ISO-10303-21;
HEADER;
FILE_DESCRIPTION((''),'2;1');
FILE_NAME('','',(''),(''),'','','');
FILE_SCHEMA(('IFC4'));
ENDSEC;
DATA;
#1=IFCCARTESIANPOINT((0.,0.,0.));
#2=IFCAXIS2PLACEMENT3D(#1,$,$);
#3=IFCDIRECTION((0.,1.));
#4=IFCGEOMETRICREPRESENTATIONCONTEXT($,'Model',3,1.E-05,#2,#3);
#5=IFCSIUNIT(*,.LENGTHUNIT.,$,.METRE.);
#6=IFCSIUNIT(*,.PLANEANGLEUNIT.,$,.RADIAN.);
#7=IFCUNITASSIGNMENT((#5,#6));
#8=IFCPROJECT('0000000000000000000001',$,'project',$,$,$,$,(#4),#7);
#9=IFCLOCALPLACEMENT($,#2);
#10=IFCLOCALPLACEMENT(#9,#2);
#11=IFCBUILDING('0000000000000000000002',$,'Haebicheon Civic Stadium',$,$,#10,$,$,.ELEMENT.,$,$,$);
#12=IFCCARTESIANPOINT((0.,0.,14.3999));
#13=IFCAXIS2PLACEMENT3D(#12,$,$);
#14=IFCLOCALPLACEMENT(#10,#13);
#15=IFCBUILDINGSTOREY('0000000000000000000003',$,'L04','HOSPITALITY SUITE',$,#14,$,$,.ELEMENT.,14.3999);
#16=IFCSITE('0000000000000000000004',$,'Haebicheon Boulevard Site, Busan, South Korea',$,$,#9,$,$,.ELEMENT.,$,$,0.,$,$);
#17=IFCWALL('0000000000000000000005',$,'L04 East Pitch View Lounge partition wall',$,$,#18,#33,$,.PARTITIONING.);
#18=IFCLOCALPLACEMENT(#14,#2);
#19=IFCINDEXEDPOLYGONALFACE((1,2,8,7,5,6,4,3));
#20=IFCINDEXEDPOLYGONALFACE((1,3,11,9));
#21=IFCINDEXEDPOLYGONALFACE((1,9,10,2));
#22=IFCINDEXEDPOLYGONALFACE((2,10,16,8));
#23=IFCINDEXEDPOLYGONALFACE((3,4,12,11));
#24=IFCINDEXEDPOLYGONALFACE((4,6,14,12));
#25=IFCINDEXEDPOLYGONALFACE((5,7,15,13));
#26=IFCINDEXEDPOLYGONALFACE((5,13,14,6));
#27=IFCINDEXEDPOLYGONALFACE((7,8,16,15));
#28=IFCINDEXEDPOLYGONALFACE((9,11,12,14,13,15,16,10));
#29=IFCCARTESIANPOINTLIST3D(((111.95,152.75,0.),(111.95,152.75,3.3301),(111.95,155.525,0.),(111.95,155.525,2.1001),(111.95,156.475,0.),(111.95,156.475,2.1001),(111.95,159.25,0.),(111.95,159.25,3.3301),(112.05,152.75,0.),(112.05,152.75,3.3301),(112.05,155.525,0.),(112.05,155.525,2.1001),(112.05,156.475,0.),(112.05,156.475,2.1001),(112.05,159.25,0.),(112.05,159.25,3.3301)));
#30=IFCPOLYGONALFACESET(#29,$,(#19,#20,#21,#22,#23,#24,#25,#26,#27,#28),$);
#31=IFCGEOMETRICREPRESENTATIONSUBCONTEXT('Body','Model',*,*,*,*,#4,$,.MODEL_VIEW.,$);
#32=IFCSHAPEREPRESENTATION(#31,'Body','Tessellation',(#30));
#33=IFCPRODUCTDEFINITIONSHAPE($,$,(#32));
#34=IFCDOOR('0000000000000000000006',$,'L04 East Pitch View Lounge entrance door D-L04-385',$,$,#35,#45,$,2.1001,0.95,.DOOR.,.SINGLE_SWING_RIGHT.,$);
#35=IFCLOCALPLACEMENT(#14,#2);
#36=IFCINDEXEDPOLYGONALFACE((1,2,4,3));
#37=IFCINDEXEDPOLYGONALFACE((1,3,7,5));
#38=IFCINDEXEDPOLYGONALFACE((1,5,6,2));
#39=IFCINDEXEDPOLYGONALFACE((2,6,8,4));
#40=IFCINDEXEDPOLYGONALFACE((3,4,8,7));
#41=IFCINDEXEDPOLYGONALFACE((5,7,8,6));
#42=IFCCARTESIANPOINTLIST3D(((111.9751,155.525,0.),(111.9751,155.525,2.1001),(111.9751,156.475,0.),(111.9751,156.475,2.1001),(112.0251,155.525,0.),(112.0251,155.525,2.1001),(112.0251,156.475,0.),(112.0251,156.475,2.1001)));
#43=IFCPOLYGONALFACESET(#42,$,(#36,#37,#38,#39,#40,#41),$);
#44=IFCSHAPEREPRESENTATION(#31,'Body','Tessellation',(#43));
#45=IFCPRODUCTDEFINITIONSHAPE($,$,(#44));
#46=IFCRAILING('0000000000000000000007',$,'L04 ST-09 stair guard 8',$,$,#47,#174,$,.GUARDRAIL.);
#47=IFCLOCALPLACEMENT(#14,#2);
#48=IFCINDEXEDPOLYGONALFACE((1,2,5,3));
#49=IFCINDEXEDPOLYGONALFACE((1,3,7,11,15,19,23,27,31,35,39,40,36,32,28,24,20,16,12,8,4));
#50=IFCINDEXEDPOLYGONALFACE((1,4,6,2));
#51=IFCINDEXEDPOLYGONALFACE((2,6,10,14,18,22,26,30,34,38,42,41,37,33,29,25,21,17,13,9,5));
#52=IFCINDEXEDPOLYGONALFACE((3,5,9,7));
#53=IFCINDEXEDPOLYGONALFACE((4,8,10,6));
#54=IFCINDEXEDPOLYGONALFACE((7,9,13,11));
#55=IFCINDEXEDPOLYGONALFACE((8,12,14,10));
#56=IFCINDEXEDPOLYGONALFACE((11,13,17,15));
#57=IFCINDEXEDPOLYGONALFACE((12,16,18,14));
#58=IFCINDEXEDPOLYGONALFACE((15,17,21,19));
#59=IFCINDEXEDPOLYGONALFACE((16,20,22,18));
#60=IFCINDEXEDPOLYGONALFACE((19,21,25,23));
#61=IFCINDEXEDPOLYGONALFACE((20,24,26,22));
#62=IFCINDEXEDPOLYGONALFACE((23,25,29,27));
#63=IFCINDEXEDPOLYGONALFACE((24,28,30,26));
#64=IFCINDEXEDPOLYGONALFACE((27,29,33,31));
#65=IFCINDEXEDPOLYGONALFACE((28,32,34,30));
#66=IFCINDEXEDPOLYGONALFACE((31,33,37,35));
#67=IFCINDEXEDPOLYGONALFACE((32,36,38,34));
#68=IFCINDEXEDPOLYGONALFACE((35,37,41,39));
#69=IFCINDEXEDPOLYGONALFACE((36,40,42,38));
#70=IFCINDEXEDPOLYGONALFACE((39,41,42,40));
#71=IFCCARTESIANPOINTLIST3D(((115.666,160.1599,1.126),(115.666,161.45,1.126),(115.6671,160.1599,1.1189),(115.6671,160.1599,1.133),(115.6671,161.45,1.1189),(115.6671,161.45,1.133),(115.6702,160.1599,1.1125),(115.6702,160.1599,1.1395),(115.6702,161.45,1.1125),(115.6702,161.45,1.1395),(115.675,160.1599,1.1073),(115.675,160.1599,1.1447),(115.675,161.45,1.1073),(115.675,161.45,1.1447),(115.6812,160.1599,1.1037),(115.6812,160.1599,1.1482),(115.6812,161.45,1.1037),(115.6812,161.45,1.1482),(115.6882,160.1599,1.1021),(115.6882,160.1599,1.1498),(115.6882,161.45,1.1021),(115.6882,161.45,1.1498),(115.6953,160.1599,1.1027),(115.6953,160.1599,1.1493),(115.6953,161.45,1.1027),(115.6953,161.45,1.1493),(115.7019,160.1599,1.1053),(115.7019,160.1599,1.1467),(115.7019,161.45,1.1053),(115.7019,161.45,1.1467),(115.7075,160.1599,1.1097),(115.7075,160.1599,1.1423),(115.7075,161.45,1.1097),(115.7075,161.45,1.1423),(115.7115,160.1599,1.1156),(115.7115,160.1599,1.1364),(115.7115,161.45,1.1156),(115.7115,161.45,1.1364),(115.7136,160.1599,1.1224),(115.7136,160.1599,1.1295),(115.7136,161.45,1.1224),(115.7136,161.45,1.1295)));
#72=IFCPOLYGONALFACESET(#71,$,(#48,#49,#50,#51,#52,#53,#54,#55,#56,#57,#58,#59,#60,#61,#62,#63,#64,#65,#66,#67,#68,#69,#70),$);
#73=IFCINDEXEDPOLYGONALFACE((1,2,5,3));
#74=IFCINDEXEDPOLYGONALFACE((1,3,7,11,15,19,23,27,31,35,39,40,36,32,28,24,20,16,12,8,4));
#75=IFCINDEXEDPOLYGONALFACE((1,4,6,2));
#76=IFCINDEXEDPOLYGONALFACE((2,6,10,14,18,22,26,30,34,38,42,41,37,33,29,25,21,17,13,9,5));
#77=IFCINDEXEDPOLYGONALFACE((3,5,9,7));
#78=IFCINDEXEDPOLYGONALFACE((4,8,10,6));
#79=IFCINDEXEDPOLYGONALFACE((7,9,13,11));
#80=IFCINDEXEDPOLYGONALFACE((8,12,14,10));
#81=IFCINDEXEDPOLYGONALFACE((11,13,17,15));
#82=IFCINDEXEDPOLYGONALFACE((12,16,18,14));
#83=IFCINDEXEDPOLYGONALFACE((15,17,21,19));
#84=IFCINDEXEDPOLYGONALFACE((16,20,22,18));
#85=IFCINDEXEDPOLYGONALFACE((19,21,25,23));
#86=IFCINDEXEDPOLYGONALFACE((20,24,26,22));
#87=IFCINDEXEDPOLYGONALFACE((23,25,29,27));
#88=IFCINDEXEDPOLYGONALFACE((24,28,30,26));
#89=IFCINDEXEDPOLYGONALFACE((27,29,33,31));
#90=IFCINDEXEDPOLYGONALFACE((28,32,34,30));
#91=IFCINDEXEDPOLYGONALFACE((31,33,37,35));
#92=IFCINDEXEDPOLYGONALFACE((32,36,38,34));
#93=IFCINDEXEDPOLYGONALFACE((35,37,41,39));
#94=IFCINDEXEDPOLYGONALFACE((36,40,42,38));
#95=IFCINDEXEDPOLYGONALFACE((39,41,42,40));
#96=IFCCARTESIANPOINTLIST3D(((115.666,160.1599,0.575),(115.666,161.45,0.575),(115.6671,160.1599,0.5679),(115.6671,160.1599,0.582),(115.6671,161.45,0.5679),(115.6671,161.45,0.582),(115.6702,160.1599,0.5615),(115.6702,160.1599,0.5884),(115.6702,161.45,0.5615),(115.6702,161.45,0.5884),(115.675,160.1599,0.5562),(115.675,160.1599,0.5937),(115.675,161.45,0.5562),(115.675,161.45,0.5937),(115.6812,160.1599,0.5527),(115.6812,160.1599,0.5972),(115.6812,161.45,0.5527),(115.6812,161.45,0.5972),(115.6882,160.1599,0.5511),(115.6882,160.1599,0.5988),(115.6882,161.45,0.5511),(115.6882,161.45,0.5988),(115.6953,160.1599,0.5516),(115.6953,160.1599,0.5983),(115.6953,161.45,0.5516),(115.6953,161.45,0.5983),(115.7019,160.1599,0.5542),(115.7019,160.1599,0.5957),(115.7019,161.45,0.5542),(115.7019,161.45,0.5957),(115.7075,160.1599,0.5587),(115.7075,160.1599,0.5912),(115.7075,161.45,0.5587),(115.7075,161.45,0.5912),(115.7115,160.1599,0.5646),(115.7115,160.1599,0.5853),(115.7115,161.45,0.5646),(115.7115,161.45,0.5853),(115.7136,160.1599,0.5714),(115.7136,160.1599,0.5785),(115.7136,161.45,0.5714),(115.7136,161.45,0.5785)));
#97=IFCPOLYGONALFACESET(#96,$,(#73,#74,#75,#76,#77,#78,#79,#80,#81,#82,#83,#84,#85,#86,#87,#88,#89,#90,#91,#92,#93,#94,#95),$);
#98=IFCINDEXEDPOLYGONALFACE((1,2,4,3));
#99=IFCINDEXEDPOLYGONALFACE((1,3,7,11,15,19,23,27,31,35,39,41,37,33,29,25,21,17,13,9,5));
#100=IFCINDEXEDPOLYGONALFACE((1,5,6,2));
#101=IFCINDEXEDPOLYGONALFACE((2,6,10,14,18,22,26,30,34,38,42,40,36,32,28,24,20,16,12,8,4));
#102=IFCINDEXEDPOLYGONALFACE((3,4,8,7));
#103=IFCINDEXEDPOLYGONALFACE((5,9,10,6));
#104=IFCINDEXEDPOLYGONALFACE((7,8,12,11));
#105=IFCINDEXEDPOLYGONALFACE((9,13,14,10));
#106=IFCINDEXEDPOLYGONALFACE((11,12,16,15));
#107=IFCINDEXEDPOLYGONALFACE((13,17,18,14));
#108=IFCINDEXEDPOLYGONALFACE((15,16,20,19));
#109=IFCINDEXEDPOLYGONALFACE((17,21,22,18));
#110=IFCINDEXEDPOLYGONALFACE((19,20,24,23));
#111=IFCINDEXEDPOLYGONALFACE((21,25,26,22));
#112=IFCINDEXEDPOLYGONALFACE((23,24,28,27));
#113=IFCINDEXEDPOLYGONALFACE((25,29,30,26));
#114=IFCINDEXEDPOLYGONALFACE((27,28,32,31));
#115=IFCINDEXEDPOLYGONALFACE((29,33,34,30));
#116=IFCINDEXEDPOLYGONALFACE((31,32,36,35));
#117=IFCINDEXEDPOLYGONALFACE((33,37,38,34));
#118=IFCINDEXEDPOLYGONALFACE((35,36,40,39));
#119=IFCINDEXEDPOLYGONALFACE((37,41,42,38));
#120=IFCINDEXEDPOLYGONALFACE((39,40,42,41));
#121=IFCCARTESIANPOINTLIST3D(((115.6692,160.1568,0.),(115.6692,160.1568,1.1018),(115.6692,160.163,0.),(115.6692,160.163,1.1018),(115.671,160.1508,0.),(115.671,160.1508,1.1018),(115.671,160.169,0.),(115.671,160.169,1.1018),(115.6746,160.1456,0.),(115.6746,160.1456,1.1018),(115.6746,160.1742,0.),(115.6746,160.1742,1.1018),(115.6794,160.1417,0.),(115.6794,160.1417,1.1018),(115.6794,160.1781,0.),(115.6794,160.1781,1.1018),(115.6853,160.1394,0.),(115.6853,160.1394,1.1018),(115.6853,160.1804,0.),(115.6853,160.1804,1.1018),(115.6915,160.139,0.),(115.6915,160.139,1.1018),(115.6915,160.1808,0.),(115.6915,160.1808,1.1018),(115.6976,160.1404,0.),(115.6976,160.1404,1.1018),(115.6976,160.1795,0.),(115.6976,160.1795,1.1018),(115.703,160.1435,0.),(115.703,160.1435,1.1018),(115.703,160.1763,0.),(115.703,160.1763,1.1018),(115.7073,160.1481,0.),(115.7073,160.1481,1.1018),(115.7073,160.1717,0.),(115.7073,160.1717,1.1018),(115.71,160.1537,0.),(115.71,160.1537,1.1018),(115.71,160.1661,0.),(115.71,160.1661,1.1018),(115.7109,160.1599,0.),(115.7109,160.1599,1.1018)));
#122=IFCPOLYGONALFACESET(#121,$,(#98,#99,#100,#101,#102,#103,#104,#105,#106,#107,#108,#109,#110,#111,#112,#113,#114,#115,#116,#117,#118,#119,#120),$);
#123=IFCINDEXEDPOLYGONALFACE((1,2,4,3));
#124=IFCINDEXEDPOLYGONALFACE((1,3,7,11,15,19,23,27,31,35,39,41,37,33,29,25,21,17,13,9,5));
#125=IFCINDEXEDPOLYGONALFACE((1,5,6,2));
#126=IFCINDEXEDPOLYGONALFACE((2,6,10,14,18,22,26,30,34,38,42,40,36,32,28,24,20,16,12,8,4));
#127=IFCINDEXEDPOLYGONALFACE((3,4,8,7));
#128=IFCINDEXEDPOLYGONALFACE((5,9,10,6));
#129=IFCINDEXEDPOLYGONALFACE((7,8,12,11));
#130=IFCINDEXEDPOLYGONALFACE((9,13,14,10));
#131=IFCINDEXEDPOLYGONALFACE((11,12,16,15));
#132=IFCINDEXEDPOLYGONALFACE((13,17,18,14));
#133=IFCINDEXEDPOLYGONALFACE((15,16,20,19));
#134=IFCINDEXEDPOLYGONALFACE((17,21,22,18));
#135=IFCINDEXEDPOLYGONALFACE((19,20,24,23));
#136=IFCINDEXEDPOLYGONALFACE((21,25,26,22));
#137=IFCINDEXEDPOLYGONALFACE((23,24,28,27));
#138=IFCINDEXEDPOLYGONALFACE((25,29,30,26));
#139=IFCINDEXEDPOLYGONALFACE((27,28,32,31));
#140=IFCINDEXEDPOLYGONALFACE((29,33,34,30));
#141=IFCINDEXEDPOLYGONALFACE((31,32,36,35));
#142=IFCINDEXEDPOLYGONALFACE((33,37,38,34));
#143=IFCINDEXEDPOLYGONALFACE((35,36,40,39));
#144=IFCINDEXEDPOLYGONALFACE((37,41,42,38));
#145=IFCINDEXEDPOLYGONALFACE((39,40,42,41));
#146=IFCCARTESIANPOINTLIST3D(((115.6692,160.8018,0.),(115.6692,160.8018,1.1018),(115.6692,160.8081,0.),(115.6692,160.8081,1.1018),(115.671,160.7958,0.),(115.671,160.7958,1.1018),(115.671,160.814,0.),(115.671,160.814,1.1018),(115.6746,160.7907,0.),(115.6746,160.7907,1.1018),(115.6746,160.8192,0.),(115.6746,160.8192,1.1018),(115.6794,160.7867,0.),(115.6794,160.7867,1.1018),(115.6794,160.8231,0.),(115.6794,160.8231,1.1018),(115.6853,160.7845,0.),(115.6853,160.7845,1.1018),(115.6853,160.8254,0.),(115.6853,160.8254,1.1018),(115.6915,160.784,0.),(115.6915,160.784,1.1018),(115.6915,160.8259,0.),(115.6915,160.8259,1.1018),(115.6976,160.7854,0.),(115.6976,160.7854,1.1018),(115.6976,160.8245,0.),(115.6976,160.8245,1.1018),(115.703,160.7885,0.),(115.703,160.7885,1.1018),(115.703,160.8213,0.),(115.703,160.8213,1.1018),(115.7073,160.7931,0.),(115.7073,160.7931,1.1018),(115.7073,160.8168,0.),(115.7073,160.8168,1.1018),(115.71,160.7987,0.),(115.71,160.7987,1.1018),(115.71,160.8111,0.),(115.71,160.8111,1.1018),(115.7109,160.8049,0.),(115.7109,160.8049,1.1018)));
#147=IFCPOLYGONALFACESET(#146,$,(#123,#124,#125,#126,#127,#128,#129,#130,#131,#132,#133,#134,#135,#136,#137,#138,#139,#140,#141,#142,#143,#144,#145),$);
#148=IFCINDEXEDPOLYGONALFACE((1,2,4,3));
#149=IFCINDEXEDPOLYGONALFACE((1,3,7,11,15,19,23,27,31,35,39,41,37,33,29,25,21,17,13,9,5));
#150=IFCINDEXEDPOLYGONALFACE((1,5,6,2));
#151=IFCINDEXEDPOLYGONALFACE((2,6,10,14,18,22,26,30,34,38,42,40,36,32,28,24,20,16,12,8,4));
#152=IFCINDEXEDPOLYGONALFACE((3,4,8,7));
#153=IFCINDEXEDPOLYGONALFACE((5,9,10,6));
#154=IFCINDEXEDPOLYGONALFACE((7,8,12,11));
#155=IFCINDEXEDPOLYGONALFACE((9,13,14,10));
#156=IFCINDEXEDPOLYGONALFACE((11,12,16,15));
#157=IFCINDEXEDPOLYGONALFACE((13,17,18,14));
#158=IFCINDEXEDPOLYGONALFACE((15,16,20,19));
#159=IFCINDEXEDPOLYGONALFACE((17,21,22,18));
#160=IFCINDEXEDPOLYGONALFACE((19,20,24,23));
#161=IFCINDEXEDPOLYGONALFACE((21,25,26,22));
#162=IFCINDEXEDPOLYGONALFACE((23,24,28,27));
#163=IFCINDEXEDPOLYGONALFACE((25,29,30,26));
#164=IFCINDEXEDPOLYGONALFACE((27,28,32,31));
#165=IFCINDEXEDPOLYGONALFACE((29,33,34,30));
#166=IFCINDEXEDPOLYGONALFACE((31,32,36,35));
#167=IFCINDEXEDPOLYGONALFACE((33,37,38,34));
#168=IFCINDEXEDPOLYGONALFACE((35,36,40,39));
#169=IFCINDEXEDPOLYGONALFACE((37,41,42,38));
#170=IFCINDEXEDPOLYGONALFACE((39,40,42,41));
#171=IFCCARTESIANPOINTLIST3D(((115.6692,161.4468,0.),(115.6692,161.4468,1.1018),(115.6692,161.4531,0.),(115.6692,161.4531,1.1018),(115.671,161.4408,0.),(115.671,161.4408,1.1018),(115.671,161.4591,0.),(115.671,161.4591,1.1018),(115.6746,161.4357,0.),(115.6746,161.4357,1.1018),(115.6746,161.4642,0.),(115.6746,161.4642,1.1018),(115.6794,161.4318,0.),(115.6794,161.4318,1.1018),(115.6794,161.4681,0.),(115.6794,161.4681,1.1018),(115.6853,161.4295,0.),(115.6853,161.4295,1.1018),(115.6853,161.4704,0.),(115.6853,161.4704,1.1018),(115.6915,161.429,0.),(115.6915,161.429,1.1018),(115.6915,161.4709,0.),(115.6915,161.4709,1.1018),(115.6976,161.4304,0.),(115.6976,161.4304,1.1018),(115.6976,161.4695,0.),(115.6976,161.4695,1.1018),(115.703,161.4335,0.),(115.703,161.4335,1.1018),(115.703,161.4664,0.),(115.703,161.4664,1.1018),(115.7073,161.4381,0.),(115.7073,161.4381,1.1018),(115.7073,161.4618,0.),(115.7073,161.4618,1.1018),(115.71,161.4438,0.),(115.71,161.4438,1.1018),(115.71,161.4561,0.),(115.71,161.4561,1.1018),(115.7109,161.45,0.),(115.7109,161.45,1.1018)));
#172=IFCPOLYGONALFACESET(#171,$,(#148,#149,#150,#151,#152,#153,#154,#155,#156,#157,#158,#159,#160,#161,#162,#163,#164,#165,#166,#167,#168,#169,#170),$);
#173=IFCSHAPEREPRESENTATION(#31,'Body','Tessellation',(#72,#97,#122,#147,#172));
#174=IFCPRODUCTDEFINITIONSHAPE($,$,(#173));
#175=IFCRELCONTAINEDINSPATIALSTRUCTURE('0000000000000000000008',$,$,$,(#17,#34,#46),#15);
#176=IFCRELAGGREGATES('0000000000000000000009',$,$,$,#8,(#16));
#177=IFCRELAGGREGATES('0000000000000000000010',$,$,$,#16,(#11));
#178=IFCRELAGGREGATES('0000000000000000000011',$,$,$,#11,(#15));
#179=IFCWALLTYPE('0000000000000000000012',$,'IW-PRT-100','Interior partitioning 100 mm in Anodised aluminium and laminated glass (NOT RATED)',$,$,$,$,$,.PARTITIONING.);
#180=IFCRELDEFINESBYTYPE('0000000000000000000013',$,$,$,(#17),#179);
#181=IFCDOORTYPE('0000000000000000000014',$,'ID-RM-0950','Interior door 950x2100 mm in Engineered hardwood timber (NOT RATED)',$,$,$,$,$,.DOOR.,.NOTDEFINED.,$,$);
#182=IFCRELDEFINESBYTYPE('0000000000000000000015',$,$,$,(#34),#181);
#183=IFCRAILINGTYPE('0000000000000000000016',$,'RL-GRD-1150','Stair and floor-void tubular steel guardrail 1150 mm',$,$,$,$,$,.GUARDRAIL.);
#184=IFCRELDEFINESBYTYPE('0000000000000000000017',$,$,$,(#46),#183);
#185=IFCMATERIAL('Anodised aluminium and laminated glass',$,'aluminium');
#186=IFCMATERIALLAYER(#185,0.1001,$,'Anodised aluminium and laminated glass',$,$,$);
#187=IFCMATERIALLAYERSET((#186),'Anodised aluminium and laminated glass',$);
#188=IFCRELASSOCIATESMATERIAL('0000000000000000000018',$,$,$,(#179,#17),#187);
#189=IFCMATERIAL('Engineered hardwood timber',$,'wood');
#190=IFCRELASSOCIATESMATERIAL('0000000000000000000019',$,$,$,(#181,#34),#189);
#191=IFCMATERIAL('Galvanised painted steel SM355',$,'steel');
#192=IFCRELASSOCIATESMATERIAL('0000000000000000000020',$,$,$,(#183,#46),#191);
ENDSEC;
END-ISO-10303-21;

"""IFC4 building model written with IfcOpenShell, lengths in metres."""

from ifc_helpers import new_model, si_unit, direction, frame, frame_2d, origin, origin_2d, place, context, subcontext, project, spatial, rectangle, circle, extrude, material, layer, layer_set, type_object, element, fill, save


model = new_model("IFC4")

# Units and contexts
model_context = context("Model", 3, precision=1e-05, world=origin(), true_north=direction((0.0, 1.0)))
body_context = subcontext(model_context, "Body", "Model", "MODEL_VIEW")
ifc_project = project(units=[si_unit("LENGTHUNIT", "METRE"), si_unit("PLANEANGLEUNIT", "RADIAN")], contexts=[model_context])

# Site, building, storey
site_placement = place(None, origin())
site = spatial("IfcSite", under=ifc_project, at=site_placement, Name="Haebicheon Boulevard Site, Busan, South Korea", CompositionType="ELEMENT", RefElevation=0.0)
building_placement = place(site_placement, origin())
building = spatial("IfcBuilding", under=site, at=building_placement, Name="Haebicheon Civic Stadium", CompositionType="ELEMENT")
storey_placement = place(building_placement, frame((0.0, 0.0, 14.3999)))
storey = spatial("IfcBuildingStorey", under=building, at=storey_placement, Name="L04", Description="HOSPITALITY SUITE", CompositionType="ELEMENT", Elevation=14.3999)

# Wall, opening, door
ifc_material_1 = material(Name="Anodised aluminium and laminated glass", Category="aluminium")
ifc_layer_1 = layer(ifc_material_1, 0.1001, Name="Anodised aluminium and laminated glass")
ifc_layer_set_1 = layer_set([ifc_layer_1], Name="Anodised aluminium and laminated glass")
wall_type_1 = type_object("IfcWallType", Name="IW-PRT-100", Description="Interior partitioning 100 mm in Anodised aluminium and laminated glass (NOT RATED)", PredefinedType="PARTITIONING", material=ifc_layer_set_1)
wall_1_placement = place(storey_placement, frame((112.0, 152.75, 0.0), z_axis=(0.0, 0.0, 1.0), x_axis=(0.0, 1.0, 0.0)))
wall_1 = element("IfcWall", 1, at=wall_1_placement, inside=storey, type_object=wall_type_1, material=ifc_layer_set_1, Name="L04 East Pitch View Lounge partition wall", PredefinedType="PARTITIONING", context=body_context, shape_type="SweptSolid", body=[
    extrude(rectangle(XDim=6.5, YDim=0.1001, at=frame_2d((3.25, 0.0))), origin(), (0.0, 0.0, 1.0), 3.3301),
])
opening_1_placement = place(wall_1_placement, frame((2.7749, 0.0, 0.0)))
opening_1 = element("IfcOpeningElement", 2, at=opening_1_placement, cuts=wall_1, PredefinedType="OPENING", context=body_context, shape_type="SweptSolid", body=[
    extrude(rectangle(XDim=0.95, YDim=2.1001, at=frame_2d((0.4751, 1.05))), frame((0.0, 0.0601, 0.0), z_axis=(0.0, -1.0, 0.0), x_axis=(1.0, 0.0, 0.0)), (0.0, 0.0, 1.0), 0.1201),
])
ifc_material_2 = material(Name="Engineered hardwood timber", Category="wood")
door_type_1 = type_object("IfcDoorType", Name="ID-RM-0950", Description="Interior door 950x2100 mm in Engineered hardwood timber (NOT RATED)", OperationType="NOTDEFINED", PredefinedType="DOOR", material=ifc_material_2)
door_1_placement = place(opening_1_placement, origin())
door_1 = element("IfcDoor", 3, at=door_1_placement, inside=storey, type_object=door_type_1, material=ifc_material_2, Name="L04 East Pitch View Lounge entrance door D-L04-385", OperationType="SINGLE_SWING_RIGHT", OverallHeight=2.1001, OverallWidth=0.95, PredefinedType="DOOR", context=body_context, shape_type="SweptSolid", body=[
    extrude(rectangle(XDim=0.95, YDim=2.1001, at=frame_2d((0.4751, 1.05))), frame((0.0, 0.0249, 0.0), z_axis=(0.0, -1.0, 0.0), x_axis=(1.0, 0.0, 0.0)), (0.0, 0.0, 1.0), 0.05),
])
fill(opening_1, door_1)

# Railing
ifc_material_3 = material(Name="Galvanised painted steel SM355", Category="steel")
railing_type = type_object("IfcRailingType", Name="RL-GRD-1150", Description="Stair and floor-void tubular steel guardrail 1150 mm", PredefinedType="GUARDRAIL", material=ifc_material_3)
for number, where, name in (
    (4, (115.6899, 160.1599, 0.0), "L04 ST-09 stair guard 8"),
):
    element("IfcRailing", number, at=place(storey_placement, frame(where)), inside=storey, type_object=railing_type, material=ifc_material_3, Name=name, PredefinedType="GUARDRAIL", context=body_context, shape_type="SweptSolid", body=[
        extrude(circle(Radius=0.0239, at=origin_2d()), frame((0.0, 0.0, 1.126), z_axis=(0.0, 1.0, 0.0), x_axis=(-1.0, 0.0, 0.0)), (0.0, 0.0, 1.0), 1.29),
        extrude(circle(Radius=0.0239, at=origin_2d()), frame((0.0, 0.0, 0.575), z_axis=(0.0, 1.0, 0.0), x_axis=(-1.0, 0.0, 0.0)), (0.0, 0.0, 1.0), 1.29),
        extrude(circle(Radius=0.021, at=origin_2d()), origin(), (0.0, 0.0, 1.0), 1.1018),
        extrude(circle(Radius=0.021, at=origin_2d()), frame((0.0, 0.645, 0.0)), (0.0, 0.0, 1.0), 1.1018),
        extrude(circle(Radius=0.021, at=origin_2d()), frame((0.0, 1.29, 0.0)), (0.0, 0.0, 1.0), 1.1018),
    ])

save(model, "model.ifc")
